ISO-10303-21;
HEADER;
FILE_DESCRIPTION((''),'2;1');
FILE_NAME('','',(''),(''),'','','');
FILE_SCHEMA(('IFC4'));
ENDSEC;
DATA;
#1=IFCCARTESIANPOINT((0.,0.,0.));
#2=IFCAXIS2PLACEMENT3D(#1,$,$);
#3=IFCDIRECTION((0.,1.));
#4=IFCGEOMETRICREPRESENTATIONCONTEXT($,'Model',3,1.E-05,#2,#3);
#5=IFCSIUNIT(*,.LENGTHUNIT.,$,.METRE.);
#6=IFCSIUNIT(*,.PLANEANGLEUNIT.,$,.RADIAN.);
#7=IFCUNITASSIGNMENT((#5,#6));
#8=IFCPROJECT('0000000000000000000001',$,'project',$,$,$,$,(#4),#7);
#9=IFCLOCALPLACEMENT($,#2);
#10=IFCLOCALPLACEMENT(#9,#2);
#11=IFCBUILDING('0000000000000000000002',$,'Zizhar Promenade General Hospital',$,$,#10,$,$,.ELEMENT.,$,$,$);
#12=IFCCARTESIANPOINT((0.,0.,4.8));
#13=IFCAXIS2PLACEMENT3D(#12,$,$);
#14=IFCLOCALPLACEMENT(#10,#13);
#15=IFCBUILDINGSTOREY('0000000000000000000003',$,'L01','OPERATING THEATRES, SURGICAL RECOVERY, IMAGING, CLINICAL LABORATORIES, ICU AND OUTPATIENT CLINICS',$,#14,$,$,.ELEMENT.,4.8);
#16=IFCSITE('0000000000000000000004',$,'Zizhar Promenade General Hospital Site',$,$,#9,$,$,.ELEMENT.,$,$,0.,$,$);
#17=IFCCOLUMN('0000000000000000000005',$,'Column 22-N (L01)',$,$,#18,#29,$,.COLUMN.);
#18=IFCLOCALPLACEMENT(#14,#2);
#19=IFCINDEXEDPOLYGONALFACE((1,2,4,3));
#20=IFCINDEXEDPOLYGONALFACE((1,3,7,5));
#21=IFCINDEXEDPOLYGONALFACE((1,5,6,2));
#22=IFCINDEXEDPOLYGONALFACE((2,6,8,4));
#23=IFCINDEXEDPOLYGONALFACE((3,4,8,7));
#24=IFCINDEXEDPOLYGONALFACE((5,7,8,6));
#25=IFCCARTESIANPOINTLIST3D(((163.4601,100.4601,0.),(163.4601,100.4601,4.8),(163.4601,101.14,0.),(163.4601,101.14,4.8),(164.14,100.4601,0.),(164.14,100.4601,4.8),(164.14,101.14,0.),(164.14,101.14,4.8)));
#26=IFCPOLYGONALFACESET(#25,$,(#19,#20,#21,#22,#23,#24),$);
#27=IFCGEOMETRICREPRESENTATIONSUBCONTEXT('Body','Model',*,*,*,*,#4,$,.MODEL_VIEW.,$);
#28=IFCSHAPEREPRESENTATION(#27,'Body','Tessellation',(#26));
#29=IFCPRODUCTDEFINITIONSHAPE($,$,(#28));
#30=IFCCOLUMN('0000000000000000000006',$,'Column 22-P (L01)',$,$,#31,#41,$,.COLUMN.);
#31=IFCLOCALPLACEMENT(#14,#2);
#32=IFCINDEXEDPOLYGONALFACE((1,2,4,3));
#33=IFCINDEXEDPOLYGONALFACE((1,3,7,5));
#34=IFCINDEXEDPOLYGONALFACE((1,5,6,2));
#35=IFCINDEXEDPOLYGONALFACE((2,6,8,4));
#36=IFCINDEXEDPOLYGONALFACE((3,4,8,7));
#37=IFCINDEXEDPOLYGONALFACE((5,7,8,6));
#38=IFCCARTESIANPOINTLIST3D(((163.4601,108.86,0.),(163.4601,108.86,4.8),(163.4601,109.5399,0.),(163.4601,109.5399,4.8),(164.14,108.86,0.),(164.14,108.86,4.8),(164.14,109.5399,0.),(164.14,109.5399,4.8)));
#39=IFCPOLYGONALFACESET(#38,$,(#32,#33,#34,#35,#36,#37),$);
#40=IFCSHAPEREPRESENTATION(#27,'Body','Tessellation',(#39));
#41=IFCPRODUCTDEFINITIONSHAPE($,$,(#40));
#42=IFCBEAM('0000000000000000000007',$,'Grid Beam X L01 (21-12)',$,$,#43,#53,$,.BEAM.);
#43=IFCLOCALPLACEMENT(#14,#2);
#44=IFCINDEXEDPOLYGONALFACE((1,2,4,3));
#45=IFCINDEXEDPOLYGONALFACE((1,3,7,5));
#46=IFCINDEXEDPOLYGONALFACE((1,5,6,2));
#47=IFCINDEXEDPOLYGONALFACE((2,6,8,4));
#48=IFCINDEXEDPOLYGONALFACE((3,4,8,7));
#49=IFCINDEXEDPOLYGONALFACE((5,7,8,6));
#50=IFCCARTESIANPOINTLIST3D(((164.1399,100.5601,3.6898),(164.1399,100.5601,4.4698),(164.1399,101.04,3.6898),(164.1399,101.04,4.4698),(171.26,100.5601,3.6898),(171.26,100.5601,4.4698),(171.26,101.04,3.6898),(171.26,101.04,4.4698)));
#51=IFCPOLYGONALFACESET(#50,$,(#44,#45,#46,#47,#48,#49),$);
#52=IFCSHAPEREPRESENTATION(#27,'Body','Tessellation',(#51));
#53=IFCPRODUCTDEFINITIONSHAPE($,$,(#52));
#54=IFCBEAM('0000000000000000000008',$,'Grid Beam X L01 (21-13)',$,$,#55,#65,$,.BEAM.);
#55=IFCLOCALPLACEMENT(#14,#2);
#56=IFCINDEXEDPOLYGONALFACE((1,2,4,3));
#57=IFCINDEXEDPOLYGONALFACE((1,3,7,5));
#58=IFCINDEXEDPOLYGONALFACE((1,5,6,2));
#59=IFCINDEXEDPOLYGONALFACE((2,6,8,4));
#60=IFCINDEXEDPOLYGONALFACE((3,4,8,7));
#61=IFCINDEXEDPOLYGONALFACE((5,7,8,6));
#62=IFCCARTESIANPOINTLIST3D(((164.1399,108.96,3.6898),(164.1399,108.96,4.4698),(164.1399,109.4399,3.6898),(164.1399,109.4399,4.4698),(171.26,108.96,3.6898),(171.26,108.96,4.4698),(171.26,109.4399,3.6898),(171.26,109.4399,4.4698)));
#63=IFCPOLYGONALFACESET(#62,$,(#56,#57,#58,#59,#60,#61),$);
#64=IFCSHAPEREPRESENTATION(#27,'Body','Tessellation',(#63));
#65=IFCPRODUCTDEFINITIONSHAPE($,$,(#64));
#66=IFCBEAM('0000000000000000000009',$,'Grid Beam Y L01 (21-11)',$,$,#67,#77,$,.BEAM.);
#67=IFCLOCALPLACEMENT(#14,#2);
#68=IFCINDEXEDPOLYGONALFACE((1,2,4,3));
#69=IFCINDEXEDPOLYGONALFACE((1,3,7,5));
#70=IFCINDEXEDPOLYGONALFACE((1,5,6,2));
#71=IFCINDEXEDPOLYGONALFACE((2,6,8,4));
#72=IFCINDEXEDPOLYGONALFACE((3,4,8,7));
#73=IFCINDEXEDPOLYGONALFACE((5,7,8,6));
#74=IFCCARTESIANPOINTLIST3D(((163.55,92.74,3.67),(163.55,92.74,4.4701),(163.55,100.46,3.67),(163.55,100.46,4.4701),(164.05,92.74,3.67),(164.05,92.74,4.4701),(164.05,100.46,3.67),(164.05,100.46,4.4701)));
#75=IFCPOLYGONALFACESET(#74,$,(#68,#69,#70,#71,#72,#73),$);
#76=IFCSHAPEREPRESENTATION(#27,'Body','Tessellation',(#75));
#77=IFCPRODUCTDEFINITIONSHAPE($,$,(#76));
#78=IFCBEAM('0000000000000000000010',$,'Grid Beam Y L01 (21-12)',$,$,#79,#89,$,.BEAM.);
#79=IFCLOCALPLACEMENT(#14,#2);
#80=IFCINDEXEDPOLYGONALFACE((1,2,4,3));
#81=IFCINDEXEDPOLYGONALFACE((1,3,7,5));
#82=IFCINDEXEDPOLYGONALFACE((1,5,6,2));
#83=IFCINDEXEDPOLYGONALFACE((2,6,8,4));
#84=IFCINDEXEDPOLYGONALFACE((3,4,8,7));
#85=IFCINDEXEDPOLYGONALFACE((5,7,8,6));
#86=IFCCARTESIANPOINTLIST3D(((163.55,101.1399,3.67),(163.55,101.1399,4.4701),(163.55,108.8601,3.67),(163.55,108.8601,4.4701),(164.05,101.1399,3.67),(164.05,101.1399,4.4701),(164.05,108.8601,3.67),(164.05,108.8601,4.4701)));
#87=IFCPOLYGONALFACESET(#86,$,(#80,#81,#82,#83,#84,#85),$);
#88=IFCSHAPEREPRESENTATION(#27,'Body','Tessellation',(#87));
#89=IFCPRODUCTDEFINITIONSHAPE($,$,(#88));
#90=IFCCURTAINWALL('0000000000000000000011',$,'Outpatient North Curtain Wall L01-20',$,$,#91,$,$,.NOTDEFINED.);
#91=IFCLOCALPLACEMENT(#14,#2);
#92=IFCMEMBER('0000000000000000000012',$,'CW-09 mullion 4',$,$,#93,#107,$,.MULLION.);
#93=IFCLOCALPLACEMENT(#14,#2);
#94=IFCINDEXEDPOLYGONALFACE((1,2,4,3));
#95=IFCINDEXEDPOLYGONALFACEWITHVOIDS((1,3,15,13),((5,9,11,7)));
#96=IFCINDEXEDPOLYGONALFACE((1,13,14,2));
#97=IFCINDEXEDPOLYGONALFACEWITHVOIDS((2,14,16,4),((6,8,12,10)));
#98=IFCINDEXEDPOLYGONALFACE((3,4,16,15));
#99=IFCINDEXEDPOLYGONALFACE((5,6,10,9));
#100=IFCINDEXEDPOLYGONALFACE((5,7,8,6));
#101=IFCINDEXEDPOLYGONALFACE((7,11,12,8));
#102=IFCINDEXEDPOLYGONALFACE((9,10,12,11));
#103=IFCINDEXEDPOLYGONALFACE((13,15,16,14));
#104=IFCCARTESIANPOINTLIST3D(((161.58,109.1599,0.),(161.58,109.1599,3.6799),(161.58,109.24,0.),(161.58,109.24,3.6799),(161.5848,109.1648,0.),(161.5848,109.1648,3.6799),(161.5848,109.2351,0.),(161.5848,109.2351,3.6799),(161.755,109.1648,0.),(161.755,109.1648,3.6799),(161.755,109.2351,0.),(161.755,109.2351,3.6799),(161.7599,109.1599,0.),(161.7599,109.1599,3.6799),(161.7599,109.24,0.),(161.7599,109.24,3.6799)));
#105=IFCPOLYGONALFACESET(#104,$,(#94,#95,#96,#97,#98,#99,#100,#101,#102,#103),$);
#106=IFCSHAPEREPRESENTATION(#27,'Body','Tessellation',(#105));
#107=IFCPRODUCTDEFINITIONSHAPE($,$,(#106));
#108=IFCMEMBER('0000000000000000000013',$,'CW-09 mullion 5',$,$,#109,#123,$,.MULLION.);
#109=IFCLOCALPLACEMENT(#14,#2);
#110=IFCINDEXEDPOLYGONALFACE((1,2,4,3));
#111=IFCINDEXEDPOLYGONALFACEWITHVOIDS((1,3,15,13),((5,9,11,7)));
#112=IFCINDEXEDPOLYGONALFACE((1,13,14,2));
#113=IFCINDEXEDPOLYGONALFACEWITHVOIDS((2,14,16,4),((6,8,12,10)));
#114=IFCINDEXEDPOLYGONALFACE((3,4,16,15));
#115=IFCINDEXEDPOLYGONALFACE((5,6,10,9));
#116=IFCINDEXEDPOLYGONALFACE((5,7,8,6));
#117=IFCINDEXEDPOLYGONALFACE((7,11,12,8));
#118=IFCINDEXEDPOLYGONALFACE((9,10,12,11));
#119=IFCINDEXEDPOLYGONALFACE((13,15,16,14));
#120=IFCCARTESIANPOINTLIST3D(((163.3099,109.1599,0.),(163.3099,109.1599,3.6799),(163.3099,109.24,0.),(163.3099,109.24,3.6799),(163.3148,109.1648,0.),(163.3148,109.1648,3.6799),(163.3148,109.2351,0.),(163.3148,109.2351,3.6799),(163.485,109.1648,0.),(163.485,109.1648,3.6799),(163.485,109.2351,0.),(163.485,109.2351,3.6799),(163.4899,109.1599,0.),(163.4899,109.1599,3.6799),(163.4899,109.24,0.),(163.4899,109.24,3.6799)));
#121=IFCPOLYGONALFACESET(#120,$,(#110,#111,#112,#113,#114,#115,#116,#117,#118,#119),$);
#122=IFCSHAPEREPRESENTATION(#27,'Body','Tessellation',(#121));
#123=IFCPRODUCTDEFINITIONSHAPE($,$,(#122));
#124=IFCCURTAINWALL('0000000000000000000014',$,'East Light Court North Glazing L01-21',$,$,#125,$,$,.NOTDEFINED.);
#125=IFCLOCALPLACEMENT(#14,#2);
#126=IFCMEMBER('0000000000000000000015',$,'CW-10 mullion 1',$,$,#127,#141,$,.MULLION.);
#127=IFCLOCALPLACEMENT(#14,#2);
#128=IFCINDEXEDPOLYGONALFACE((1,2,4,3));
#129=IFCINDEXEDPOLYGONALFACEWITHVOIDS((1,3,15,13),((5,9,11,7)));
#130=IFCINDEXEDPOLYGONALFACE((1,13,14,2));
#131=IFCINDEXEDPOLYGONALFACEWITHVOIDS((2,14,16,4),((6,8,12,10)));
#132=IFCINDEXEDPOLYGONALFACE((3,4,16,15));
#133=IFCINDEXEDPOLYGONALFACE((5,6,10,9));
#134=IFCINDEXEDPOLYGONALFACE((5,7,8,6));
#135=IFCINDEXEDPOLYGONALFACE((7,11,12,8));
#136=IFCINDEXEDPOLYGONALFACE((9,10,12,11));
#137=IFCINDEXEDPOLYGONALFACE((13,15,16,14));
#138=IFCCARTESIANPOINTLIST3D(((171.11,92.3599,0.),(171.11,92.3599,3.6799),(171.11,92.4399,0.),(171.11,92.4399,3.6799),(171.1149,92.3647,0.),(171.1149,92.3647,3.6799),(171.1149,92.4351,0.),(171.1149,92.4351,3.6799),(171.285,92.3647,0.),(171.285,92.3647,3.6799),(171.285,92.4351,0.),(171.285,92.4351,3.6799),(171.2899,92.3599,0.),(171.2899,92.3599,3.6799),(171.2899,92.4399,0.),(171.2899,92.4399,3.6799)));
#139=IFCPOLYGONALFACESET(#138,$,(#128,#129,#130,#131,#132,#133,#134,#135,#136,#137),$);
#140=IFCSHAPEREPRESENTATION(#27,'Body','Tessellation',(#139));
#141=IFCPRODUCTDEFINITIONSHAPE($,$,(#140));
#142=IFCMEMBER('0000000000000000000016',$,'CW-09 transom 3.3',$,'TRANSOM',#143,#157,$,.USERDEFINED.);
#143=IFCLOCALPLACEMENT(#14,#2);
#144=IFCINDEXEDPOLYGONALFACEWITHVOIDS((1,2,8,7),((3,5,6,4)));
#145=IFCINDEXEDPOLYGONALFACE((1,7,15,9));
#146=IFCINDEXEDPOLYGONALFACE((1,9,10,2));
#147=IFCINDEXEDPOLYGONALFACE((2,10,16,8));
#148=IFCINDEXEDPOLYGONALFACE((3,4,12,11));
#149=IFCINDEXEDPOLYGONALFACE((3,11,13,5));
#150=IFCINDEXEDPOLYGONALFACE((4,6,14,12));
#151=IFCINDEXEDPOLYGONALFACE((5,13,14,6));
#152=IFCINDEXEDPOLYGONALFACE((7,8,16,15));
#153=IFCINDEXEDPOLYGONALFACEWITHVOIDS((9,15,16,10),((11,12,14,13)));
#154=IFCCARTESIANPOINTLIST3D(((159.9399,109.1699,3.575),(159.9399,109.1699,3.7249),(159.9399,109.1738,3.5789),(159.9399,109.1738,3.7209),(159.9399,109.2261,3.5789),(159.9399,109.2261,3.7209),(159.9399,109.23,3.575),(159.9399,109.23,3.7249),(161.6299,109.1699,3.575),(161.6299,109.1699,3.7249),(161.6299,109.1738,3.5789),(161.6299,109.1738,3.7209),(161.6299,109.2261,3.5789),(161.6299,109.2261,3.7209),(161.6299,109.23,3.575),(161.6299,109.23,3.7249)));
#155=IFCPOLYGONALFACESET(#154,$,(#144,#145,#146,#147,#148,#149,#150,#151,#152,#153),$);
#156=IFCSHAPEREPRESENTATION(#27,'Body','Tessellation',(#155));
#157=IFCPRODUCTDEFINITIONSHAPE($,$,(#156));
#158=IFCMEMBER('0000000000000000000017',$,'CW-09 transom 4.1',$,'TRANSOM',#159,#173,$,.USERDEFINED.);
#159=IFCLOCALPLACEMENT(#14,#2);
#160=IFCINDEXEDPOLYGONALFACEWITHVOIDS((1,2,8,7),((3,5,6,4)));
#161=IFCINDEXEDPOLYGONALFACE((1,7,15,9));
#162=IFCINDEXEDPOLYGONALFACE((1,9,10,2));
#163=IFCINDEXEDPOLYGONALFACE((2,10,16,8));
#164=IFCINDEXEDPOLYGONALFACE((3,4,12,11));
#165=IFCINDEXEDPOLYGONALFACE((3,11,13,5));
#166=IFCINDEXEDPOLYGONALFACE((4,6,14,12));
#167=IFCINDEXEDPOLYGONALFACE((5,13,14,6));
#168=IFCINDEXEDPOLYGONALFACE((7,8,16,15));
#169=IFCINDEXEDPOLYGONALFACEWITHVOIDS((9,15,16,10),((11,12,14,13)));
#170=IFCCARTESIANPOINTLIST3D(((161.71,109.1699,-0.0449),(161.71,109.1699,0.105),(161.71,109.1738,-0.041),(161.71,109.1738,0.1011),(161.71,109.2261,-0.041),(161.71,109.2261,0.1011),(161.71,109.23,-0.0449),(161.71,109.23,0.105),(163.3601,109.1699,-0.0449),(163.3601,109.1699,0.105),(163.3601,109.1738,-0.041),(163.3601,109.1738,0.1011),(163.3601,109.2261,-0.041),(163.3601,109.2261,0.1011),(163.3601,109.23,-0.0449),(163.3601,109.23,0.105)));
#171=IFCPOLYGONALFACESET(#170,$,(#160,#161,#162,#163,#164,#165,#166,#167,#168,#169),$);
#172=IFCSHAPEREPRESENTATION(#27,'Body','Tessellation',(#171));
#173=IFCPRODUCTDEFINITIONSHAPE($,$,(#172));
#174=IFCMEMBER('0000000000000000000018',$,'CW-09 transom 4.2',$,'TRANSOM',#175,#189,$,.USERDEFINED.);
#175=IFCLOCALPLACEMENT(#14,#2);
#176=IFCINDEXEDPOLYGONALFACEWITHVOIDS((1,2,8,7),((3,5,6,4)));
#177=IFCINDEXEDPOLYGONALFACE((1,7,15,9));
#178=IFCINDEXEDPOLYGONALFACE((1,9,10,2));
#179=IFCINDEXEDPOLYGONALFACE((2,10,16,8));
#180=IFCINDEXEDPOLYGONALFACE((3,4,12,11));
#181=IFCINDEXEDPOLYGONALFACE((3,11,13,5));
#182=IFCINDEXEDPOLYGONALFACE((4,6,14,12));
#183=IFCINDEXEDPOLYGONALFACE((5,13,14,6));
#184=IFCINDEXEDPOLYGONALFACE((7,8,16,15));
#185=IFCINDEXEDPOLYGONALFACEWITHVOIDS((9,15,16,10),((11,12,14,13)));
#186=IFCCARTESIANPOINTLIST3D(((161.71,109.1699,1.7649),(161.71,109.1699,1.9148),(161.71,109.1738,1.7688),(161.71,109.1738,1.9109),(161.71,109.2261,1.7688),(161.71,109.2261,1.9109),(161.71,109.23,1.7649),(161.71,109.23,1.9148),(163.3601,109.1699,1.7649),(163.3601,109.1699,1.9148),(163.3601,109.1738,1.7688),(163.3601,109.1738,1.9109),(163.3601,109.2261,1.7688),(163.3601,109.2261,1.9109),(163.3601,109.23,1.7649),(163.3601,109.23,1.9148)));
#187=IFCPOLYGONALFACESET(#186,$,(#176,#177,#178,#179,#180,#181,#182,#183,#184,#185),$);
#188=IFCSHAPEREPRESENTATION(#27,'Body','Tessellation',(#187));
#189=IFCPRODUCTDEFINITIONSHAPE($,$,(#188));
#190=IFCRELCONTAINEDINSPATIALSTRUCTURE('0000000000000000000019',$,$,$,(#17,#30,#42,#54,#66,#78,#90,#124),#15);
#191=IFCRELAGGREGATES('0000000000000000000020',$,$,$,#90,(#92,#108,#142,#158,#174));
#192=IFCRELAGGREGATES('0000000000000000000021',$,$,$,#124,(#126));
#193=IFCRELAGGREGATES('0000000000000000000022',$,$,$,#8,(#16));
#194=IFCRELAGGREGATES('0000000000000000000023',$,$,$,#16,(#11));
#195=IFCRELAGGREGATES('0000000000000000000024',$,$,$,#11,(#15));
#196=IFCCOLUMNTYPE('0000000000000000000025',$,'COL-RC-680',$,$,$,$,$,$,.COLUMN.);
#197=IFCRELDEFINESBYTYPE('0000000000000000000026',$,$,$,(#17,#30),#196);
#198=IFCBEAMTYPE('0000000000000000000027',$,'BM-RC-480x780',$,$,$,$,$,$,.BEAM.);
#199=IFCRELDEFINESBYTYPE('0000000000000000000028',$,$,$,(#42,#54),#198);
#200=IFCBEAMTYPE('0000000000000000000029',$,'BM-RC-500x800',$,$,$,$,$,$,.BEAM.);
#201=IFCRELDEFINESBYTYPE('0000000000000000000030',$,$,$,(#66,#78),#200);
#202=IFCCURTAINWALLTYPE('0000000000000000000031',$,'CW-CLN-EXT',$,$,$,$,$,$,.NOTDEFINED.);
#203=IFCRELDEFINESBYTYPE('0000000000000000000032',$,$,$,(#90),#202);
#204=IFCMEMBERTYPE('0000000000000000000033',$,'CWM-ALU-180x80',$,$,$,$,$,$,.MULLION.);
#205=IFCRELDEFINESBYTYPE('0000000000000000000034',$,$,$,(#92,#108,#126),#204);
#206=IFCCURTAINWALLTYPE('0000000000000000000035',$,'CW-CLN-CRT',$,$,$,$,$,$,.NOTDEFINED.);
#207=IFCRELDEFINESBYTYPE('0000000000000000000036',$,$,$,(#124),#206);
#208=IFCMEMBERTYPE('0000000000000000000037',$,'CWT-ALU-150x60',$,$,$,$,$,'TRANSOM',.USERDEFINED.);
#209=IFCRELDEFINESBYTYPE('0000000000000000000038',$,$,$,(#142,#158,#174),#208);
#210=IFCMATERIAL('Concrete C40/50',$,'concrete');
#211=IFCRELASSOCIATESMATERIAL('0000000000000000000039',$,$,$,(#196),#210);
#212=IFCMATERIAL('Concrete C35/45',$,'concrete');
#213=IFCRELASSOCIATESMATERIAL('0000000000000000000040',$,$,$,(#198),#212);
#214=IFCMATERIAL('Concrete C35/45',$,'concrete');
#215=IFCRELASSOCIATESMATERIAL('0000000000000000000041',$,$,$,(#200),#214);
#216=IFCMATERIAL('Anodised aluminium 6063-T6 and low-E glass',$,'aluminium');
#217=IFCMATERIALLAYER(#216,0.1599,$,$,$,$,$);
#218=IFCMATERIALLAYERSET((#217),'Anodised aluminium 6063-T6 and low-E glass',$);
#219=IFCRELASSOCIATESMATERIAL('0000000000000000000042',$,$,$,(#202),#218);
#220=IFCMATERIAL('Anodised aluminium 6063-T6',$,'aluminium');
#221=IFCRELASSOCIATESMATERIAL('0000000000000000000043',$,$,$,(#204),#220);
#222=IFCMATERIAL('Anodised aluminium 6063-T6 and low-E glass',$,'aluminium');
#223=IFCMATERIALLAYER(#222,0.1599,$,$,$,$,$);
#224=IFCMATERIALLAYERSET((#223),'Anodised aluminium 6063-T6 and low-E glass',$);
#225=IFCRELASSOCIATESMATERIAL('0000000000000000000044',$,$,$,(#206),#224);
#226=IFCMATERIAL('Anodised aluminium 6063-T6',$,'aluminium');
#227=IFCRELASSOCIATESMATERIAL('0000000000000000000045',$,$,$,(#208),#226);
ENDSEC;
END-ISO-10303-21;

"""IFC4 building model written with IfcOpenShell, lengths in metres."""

from ifc_helpers import new_model, si_unit, direction, frame, origin, origin_2d, place, context, subcontext, project, spatial, rectangle, hollow_rectangle, extrude, material, layer, layer_set, material_profile, profile_set, type_object, element, aggregate, save


model = new_model("IFC4")

# Units and contexts
model_context = context("Model", 3, precision=1e-05, world=origin(), true_north=direction((0.0, 1.0)))
body_context = subcontext(model_context, "Body", "Model", "MODEL_VIEW")
ifc_project = project(units=[si_unit("LENGTHUNIT", "METRE"), si_unit("PLANEANGLEUNIT", "RADIAN")], contexts=[model_context])

# Site, building, storey
site_placement = place(None, origin())
site = spatial("IfcSite", under=ifc_project, at=site_placement, Name="Zizhar Promenade General Hospital Site", CompositionType="ELEMENT", RefElevation=0.0)
building_placement = place(site_placement, origin())
building = spatial("IfcBuilding", under=site, at=building_placement, Name="Zizhar Promenade General Hospital", CompositionType="ELEMENT")
storey_placement = place(building_placement, frame((0.0, 0.0, 4.8)))
storey = spatial("IfcBuildingStorey", under=building, at=storey_placement, Name="L01", Description="OPERATING THEATRES, SURGICAL RECOVERY, IMAGING, CLINICAL LABORATORIES, ICU AND OUTPATIENT CLINICS", CompositionType="ELEMENT", Elevation=4.8)

# Columns
ifc_material_1 = material(Name="Concrete C40/50", Category="concrete")
ifc_material_profile_1 = material_profile(ifc_material_1, rectangle(XDim=0.6799, YDim=0.6799, at=origin_2d()))
ifc_profile_set_1 = profile_set([ifc_material_profile_1], Name="Concrete C40/50")
column_type = type_object("IfcColumnType", Name="COL-RC-680", PredefinedType="COLUMN", material=ifc_profile_set_1)
for number, where, z_axis, x_axis, name in (
    (1, (163.8, 100.8, 0.0), (0.0, 0.0, 1.0), (1.0, 0.0, 0.0), "Column 22-N (L01)"),
    (2, (163.8, 109.2, 0.0), (0.0, 0.0, 1.0), (1.0, 0.0, 0.0), "Column 22-P (L01)"),
):
    element("IfcColumn", number, at=place(storey_placement, frame(where, z_axis=z_axis, x_axis=x_axis)), inside=storey, type_object=column_type, Name=name, PredefinedType="COLUMN", context=body_context, shape_type="SweptSolid", body=[
        extrude(rectangle(XDim=0.6799, YDim=0.6799, at=origin_2d()), origin(), (0.0, 0.0, 1.0), 4.8),
    ])

# Beams
ifc_material_2 = material(Name="Concrete C35/45", Category="concrete")
ifc_material_profile_2 = material_profile(ifc_material_2, rectangle(XDim=0.48, YDim=0.78, at=origin_2d()))
ifc_profile_set_2 = profile_set([ifc_material_profile_2], Name="Concrete C35/45")
beam_type_1 = type_object("IfcBeamType", Name="BM-RC-480x780", PredefinedType="BEAM", material=ifc_profile_set_2)
for number, where, z_axis, x_axis, name in (
    (3, (164.1399, 100.8, 4.0798), (1.0, 0.0, 0.0), (0.0, 1.0, 0.0), "Grid Beam X L01 (21-12)"),
    (4, (164.1399, 109.2, 4.0798), (1.0, 0.0, 0.0), (0.0, 1.0, 0.0), "Grid Beam X L01 (21-13)"),
):
    element("IfcBeam", number, at=place(storey_placement, frame(where, z_axis=z_axis, x_axis=x_axis)), inside=storey, type_object=beam_type_1, Name=name, PredefinedType="BEAM", context=body_context, shape_type="SweptSolid", body=[
        extrude(rectangle(XDim=0.48, YDim=0.78, at=origin_2d()), origin(), (0.0, 0.0, 1.0), 7.1201),
    ])
ifc_material_3 = material(Name="Concrete C35/45", Category="concrete")
ifc_material_profile_3 = material_profile(ifc_material_3, rectangle(XDim=0.5, YDim=0.8, at=origin_2d()))
ifc_profile_set_3 = profile_set([ifc_material_profile_3], Name="Concrete C35/45")
beam_type_2 = type_object("IfcBeamType", Name="BM-RC-500x800", PredefinedType="BEAM", material=ifc_profile_set_3)
beam_1_placement = place(storey_placement, frame((163.8, 92.74, 4.0701), z_axis=(0.0, 1.0, 0.0), x_axis=(-1.0, 0.0, 0.0)))
element("IfcBeam", 5, at=beam_1_placement, inside=storey, type_object=beam_type_2, Name="Grid Beam Y L01 (21-11)", PredefinedType="BEAM", context=body_context, shape_type="SweptSolid", body=[
    extrude(rectangle(XDim=0.5, YDim=0.8, at=origin_2d()), origin(), (0.0, 0.0, 1.0), 7.72),
])
beam_2_placement = place(storey_placement, frame((163.8, 101.1399, 4.0701), z_axis=(0.0, 1.0, 0.0), x_axis=(-1.0, 0.0, 0.0)))
element("IfcBeam", 6, at=beam_2_placement, inside=storey, type_object=beam_type_2, Name="Grid Beam Y L01 (21-12)", PredefinedType="BEAM", context=body_context, shape_type="SweptSolid", body=[
    extrude(rectangle(XDim=0.5, YDim=0.8, at=origin_2d()), origin(), (0.0, 0.0, 1.0), 7.7202),
])

# Curtain wall, members
ifc_material_4 = material(Name="Anodised aluminium 6063-T6 and low-E glass", Category="aluminium")
ifc_layer_1 = layer(ifc_material_4, 0.1599)
ifc_layer_set_1 = layer_set([ifc_layer_1], Name="Anodised aluminium 6063-T6 and low-E glass")
curtain_wall_type_1 = type_object("IfcCurtainWallType", Name="CW-CLN-EXT", PredefinedType="NOTDEFINED", material=ifc_layer_set_1)
curtain_wall_1_placement = place(storey_placement, origin())
curtain_wall_1 = element("IfcCurtainWall", 7, at=curtain_wall_1_placement, inside=storey, type_object=curtain_wall_type_1, Name="Outpatient North Curtain Wall L01-20", PredefinedType="NOTDEFINED")
ifc_material_5 = material(Name="Anodised aluminium 6063-T6", Category="aluminium")
ifc_material_profile_4 = material_profile(ifc_material_5, hollow_rectangle(XDim=0.0801, YDim=0.1799, WallThickness=0.0049, at=origin_2d()))
ifc_profile_set_4 = profile_set([ifc_material_profile_4], Name="Anodised aluminium 6063-T6")
member_type_1 = type_object("IfcMemberType", Name="CWM-ALU-180x80", PredefinedType="MULLION", material=ifc_profile_set_4)
member_1_placement = place(storey_placement, frame((161.6699, 109.2, 0.0), z_axis=(0.0, 0.0, 1.0), x_axis=(0.0, 1.0, 0.0)))
member_1 = element("IfcMember", 8, at=member_1_placement, type_object=member_type_1, Name="CW-09 mullion 4", PredefinedType="MULLION", context=body_context, shape_type="SweptSolid", body=[
    extrude(hollow_rectangle(XDim=0.0801, YDim=0.1799, WallThickness=0.0049, at=origin_2d()), origin(), (0.0, 0.0, 1.0), 3.6799),
])
member_2_placement = place(storey_placement, frame((163.3999, 109.2, 0.0), z_axis=(0.0, 0.0, 1.0), x_axis=(0.0, 1.0, 0.0)))
member_2 = element("IfcMember", 9, at=member_2_placement, type_object=member_type_1, Name="CW-09 mullion 5", PredefinedType="MULLION", context=body_context, shape_type="SweptSolid", body=[
    extrude(hollow_rectangle(XDim=0.0801, YDim=0.1799, WallThickness=0.0049, at=origin_2d()), origin(), (0.0, 0.0, 1.0), 3.6799),
])

# Curtain wall, member
ifc_material_6 = material(Name="Anodised aluminium 6063-T6 and low-E glass", Category="aluminium")
ifc_layer_2 = layer(ifc_material_6, 0.1599)
ifc_layer_set_2 = layer_set([ifc_layer_2], Name="Anodised aluminium 6063-T6 and low-E glass")
curtain_wall_type_2 = type_object("IfcCurtainWallType", Name="CW-CLN-CRT", PredefinedType="NOTDEFINED", material=ifc_layer_set_2)
curtain_wall_2_placement = place(storey_placement, origin())
curtain_wall_2 = element("IfcCurtainWall", 10, at=curtain_wall_2_placement, inside=storey, type_object=curtain_wall_type_2, Name="East Light Court North Glazing L01-21", PredefinedType="NOTDEFINED")
member_3_placement = place(storey_placement, frame((171.2, 92.3999, 0.0), z_axis=(0.0, 0.0, 1.0), x_axis=(0.0, -1.0, 0.0)))
member_3 = element("IfcMember", 11, at=member_3_placement, type_object=member_type_1, Name="CW-10 mullion 1", PredefinedType="MULLION", context=body_context, shape_type="SweptSolid", body=[
    extrude(hollow_rectangle(XDim=0.0801, YDim=0.1799, WallThickness=0.0049, at=origin_2d()), origin(), (0.0, 0.0, 1.0), 3.6799),
])

# Members
ifc_material_7 = material(Name="Anodised aluminium 6063-T6", Category="aluminium")
ifc_material_profile_5 = material_profile(ifc_material_7, hollow_rectangle(XDim=0.0601, YDim=0.1499, WallThickness=0.0039, at=origin_2d()))
ifc_profile_set_5 = profile_set([ifc_material_profile_5], Name="Anodised aluminium 6063-T6")
member_type_2 = type_object("IfcMemberType", Name="CWT-ALU-150x60", ElementType="TRANSOM", PredefinedType="USERDEFINED", material=ifc_profile_set_5)
member_4_placement = place(storey_placement, frame((159.9399, 109.2, 3.6499), z_axis=(1.0, 0.0, 0.0), x_axis=(0.0, 1.0, 0.0)))
member_4 = element("IfcMember", 12, at=member_4_placement, type_object=member_type_2, Name="CW-09 transom 3.3", ObjectType="TRANSOM", PredefinedType="USERDEFINED", context=body_context, shape_type="SweptSolid", body=[
    extrude(hollow_rectangle(XDim=0.0601, YDim=0.1499, WallThickness=0.0039, at=origin_2d()), origin(), (0.0, 0.0, 1.0), 1.6899),
])
member_5_placement = place(storey_placement, frame((161.71, 109.2, 0.03), z_axis=(1.0, 0.0, 0.0), x_axis=(0.0, 1.0, 0.0)))
member_5 = element("IfcMember", 13, at=member_5_placement, type_object=member_type_2, Name="CW-09 transom 4.1", ObjectType="TRANSOM", PredefinedType="USERDEFINED", context=body_context, shape_type="SweptSolid", body=[
    extrude(hollow_rectangle(XDim=0.0601, YDim=0.1499, WallThickness=0.0039, at=origin_2d()), origin(), (0.0, 0.0, 1.0), 1.6501),
])
member_6_placement = place(storey_placement, frame((161.71, 109.2, 1.8398), z_axis=(1.0, 0.0, 0.0), x_axis=(0.0, 1.0, 0.0)))
member_6 = element("IfcMember", 14, at=member_6_placement, type_object=member_type_2, Name="CW-09 transom 4.2", ObjectType="TRANSOM", PredefinedType="USERDEFINED", context=body_context, shape_type="SweptSolid", body=[
    extrude(hollow_rectangle(XDim=0.0601, YDim=0.1499, WallThickness=0.0039, at=origin_2d()), origin(), (0.0, 0.0, 1.0), 1.6501),
])

aggregate(curtain_wall_1, [member_1, member_2, member_4, member_5, member_6])
aggregate(curtain_wall_2, [member_3])

save(model, "model.ifc")
